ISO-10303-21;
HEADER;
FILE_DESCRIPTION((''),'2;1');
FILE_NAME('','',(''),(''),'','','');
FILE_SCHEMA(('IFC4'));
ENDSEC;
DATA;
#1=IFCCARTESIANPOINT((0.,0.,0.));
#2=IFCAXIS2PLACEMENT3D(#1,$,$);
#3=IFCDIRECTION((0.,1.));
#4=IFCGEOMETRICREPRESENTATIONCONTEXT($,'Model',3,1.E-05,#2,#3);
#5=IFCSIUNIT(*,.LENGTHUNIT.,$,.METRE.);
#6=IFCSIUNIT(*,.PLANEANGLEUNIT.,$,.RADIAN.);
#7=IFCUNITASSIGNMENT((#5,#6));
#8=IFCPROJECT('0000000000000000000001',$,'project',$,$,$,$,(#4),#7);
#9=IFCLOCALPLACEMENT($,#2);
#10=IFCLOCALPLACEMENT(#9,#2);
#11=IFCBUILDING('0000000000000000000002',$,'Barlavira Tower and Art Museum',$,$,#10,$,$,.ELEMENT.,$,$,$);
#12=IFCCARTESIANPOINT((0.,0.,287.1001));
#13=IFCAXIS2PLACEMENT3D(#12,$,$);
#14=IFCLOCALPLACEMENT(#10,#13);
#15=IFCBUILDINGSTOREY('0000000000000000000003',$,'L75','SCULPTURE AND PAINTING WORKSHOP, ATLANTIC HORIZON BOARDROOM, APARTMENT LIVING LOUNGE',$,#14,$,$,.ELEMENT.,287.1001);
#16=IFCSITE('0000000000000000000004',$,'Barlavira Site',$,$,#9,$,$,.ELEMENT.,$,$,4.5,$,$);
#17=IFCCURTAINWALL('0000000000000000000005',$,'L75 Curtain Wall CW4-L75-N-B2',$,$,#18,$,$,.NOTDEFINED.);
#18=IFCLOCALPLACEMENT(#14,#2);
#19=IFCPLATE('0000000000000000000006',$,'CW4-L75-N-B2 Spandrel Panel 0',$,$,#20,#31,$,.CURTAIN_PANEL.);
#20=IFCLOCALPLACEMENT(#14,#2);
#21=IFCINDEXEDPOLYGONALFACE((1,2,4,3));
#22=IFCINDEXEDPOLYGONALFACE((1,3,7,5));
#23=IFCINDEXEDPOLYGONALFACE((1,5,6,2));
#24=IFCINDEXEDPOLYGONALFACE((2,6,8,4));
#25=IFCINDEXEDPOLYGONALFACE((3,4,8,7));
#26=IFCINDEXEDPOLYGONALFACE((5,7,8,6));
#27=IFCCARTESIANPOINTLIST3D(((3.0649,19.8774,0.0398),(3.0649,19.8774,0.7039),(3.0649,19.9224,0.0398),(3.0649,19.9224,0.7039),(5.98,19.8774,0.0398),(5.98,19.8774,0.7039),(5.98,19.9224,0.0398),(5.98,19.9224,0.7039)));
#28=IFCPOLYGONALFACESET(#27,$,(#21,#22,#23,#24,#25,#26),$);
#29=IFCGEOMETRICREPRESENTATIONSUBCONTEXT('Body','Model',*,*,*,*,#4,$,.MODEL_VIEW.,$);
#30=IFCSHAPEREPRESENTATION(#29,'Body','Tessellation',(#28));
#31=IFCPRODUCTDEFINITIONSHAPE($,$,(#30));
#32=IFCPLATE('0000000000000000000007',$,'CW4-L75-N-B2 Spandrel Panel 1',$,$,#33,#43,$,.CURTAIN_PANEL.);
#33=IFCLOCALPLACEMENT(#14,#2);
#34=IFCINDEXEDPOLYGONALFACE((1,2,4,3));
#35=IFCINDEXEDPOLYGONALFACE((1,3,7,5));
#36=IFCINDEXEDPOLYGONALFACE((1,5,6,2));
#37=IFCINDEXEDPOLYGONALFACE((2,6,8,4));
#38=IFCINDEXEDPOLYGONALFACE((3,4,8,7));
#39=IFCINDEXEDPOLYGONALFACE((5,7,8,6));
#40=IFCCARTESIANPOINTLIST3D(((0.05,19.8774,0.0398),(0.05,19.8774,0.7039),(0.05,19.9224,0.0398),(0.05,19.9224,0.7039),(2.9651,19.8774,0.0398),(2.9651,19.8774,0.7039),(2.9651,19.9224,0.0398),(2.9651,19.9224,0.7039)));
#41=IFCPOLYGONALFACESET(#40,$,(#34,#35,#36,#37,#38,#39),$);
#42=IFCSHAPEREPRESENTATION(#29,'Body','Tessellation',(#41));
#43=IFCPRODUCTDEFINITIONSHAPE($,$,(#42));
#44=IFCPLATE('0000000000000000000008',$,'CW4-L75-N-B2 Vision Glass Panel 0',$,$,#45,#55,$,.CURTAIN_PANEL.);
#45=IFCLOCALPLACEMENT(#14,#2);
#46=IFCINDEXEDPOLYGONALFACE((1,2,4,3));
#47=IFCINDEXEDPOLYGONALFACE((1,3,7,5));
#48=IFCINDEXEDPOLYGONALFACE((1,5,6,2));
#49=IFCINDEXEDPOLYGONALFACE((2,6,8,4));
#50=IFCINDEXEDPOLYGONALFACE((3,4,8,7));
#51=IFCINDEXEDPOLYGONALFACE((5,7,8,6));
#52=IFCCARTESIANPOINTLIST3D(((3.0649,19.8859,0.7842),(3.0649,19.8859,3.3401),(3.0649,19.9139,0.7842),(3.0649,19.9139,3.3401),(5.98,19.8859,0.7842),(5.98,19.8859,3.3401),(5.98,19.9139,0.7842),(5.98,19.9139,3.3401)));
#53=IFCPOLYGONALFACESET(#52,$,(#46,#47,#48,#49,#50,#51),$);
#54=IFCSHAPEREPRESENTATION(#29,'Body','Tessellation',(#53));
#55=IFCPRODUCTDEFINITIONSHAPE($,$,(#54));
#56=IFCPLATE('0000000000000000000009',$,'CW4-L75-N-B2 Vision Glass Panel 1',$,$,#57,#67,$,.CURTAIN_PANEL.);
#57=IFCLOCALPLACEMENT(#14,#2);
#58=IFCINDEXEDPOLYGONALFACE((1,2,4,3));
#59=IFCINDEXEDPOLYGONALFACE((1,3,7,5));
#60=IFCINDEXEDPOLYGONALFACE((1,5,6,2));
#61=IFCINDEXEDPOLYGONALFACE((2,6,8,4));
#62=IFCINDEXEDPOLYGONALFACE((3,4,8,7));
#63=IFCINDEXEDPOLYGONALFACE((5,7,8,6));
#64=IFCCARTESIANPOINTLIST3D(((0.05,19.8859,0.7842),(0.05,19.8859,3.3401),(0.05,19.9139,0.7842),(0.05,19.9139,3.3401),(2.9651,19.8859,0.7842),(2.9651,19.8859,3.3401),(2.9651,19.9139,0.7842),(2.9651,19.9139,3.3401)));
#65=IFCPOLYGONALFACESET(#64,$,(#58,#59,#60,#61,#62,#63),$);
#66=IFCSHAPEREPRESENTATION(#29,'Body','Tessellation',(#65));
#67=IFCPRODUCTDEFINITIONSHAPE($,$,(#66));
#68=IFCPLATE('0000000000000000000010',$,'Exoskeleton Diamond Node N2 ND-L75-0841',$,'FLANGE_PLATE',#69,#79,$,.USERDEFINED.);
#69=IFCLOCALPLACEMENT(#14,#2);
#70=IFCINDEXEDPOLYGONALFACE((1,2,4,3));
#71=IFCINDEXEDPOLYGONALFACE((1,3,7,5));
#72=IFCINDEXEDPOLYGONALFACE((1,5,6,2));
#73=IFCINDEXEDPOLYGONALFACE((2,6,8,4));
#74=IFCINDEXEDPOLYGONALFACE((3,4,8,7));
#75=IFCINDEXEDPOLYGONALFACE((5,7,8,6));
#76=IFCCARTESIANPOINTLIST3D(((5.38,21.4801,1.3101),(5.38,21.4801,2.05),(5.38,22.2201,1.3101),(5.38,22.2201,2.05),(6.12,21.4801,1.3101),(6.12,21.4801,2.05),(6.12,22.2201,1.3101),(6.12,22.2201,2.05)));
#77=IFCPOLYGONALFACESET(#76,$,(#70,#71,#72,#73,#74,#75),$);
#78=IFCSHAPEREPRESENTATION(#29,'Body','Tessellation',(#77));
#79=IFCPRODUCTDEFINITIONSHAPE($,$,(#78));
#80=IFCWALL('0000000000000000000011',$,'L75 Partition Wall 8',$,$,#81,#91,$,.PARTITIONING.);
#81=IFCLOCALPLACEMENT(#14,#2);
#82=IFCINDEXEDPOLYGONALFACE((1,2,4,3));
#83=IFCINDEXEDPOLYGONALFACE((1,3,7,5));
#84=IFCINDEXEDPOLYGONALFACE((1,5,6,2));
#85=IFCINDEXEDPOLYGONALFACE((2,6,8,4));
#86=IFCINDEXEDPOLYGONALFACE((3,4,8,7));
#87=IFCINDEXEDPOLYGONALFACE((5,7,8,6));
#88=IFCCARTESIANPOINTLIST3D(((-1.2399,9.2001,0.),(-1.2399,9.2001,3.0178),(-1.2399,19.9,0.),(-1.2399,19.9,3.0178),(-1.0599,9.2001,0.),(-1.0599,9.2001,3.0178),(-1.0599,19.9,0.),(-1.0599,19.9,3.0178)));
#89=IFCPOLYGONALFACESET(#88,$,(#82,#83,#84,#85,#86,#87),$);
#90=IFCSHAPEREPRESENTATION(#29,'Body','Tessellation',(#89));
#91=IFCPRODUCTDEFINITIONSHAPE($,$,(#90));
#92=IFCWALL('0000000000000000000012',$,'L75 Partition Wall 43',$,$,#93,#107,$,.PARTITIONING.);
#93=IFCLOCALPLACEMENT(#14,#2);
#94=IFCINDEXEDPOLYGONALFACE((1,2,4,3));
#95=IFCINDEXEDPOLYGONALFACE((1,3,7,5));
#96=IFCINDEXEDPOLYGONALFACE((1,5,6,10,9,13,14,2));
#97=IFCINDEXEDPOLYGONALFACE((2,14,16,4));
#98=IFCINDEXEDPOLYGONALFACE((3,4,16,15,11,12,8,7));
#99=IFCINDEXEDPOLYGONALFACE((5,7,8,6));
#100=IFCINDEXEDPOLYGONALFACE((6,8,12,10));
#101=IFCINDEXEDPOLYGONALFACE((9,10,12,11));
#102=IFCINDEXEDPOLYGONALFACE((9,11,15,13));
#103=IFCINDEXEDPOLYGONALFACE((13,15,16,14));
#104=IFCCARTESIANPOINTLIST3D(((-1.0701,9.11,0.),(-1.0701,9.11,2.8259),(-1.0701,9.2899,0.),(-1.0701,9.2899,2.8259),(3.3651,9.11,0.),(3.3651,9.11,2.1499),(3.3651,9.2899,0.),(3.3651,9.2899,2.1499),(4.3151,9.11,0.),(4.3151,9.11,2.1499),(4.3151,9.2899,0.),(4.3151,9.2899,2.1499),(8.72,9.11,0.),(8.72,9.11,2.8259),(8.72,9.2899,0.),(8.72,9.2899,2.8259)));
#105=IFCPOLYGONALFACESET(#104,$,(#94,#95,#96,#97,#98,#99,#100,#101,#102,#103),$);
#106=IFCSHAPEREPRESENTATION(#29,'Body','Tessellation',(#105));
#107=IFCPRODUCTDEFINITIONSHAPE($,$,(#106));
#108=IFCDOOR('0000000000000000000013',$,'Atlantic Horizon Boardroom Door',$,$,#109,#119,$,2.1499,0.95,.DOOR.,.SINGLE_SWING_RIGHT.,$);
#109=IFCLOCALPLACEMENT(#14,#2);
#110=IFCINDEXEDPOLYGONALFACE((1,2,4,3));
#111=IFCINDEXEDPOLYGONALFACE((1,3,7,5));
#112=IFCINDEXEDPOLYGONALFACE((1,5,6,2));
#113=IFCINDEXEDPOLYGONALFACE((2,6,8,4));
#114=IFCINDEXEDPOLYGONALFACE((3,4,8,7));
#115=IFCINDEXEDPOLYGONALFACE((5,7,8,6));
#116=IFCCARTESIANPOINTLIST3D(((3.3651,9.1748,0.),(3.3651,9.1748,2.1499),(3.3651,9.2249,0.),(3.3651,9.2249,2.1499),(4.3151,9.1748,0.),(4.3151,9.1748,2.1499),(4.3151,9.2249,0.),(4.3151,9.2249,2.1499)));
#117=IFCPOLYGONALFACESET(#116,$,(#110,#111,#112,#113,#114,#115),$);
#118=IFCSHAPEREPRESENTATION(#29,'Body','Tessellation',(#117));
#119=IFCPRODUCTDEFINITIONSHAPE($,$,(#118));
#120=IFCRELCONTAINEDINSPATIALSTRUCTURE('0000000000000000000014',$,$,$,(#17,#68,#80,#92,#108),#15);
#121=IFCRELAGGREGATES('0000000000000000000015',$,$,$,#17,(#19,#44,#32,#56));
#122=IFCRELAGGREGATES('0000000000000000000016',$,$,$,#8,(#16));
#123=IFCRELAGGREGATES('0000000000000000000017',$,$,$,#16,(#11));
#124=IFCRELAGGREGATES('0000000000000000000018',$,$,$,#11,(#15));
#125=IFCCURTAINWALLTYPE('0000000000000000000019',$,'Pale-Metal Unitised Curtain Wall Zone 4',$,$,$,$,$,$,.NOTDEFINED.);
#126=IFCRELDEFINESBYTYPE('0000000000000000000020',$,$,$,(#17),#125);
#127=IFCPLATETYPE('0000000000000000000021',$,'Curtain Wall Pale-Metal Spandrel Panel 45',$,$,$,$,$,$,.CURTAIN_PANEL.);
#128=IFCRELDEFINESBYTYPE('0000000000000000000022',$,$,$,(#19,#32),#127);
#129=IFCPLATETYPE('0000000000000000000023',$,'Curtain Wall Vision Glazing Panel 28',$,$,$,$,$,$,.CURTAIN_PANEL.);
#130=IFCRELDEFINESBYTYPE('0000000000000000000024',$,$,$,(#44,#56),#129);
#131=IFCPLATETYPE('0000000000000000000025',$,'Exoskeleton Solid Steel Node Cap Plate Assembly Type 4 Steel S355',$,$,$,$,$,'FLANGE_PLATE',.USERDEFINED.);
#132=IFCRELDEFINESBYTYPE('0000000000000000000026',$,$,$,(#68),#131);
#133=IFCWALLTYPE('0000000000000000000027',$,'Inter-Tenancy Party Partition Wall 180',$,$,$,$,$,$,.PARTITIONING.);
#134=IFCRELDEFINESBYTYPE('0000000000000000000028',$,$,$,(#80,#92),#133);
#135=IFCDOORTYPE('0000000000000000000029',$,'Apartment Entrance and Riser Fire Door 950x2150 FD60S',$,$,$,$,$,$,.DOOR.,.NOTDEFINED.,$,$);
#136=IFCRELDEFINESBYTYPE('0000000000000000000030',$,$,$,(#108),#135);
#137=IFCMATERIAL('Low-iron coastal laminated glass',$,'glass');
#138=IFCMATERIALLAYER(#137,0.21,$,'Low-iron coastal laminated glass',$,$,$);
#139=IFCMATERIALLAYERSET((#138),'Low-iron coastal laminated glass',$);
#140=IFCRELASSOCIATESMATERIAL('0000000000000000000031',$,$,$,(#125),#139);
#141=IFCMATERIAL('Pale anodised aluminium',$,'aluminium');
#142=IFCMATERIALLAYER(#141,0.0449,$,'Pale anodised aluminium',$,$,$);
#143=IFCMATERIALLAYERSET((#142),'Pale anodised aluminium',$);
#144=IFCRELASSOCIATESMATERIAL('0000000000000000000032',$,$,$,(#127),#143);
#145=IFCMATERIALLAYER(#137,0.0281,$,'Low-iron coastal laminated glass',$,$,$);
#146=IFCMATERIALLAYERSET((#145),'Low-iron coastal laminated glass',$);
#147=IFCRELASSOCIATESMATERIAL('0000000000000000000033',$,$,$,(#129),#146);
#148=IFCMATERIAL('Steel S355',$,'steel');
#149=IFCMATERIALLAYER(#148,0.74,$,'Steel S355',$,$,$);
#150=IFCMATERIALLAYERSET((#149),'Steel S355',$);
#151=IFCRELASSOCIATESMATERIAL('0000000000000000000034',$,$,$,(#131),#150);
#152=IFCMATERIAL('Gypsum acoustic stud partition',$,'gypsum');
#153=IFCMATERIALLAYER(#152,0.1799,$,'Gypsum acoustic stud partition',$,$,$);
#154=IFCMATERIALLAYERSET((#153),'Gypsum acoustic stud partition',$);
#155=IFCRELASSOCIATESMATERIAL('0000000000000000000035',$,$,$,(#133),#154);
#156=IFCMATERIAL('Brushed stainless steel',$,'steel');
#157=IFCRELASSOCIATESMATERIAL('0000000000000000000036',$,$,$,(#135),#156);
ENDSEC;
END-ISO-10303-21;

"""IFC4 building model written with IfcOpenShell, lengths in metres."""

from ifc_helpers import new_model, si_unit, direction, frame, frame_2d, origin, origin_2d, place, context, subcontext, project, spatial, rectangle, extrude, material, layer, layer_set, type_object, element, fill, aggregate, save


model = new_model("IFC4")

# Units and contexts
model_context = context("Model", 3, precision=1e-05, world=origin(), true_north=direction((0.0, 1.0)))
body_context = subcontext(model_context, "Body", "Model", "MODEL_VIEW")
ifc_project = project(units=[si_unit("LENGTHUNIT", "METRE"), si_unit("PLANEANGLEUNIT", "RADIAN")], contexts=[model_context])

# Site, building, storey
site_placement = place(None, origin())
site = spatial("IfcSite", under=ifc_project, at=site_placement, Name="Barlavira Site", CompositionType="ELEMENT", RefElevation=4.5)
building_placement = place(site_placement, origin())
building = spatial("IfcBuilding", under=site, at=building_placement, Name="Barlavira Tower and Art Museum", CompositionType="ELEMENT")
storey_placement = place(building_placement, frame((0.0, 0.0, 287.1001)))
storey = spatial("IfcBuildingStorey", under=building, at=storey_placement, Name="L75", Description="SCULPTURE AND PAINTING WORKSHOP, ATLANTIC HORIZON BOARDROOM, APARTMENT LIVING LOUNGE", CompositionType="ELEMENT", Elevation=287.1001)

# Curtain wall, plates
ifc_material_1 = material(Name="Low-iron coastal laminated glass", Category="glass")
ifc_layer_1 = layer(ifc_material_1, 0.21, Name="Low-iron coastal laminated glass")
ifc_layer_set_1 = layer_set([ifc_layer_1], Name="Low-iron coastal laminated glass")
curtain_wall_type = type_object("IfcCurtainWallType", Name="Pale-Metal Unitised Curtain Wall Zone 4", PredefinedType="NOTDEFINED", material=ifc_layer_set_1)
curtain_wall_placement = place(storey_placement, origin())
curtain_wall = element("IfcCurtainWall", 1, at=curtain_wall_placement, inside=storey, type_object=curtain_wall_type, Name="L75 Curtain Wall CW4-L75-N-B2", PredefinedType="NOTDEFINED")
ifc_material_2 = material(Name="Pale anodised aluminium", Category="aluminium")
ifc_layer_2 = layer(ifc_material_2, 0.0449, Name="Pale anodised aluminium")
ifc_layer_set_2 = layer_set([ifc_layer_2], Name="Pale anodised aluminium")
plate_type_1 = type_object("IfcPlateType", Name="Curtain Wall Pale-Metal Spandrel Panel 45", PredefinedType="CURTAIN_PANEL", material=ifc_layer_set_2)
plate_1_placement = place(storey_placement, frame((4.5225, 19.8999, 0.0398), z_axis=(0.0, 0.0, 1.0), x_axis=(-1.0, 0.0, 0.0)))
plate_1 = element("IfcPlate", 2, at=plate_1_placement, type_object=plate_type_1, Name="CW4-L75-N-B2 Spandrel Panel 0", PredefinedType="CURTAIN_PANEL", context=body_context, shape_type="SweptSolid", body=[
    extrude(rectangle(XDim=2.915, YDim=0.0449, at=origin_2d()), origin(), (0.0, 0.0, 1.0), 0.6641),
])
plate_2_placement = place(storey_placement, frame((1.5076, 19.8999, 0.0398), z_axis=(0.0, 0.0, 1.0), x_axis=(-1.0, 0.0, 0.0)))
plate_2 = element("IfcPlate", 3, at=plate_2_placement, type_object=plate_type_1, Name="CW4-L75-N-B2 Spandrel Panel 1", PredefinedType="CURTAIN_PANEL", context=body_context, shape_type="SweptSolid", body=[
    extrude(rectangle(XDim=2.915, YDim=0.0449, at=origin_2d()), origin(), (0.0, 0.0, 1.0), 0.6641),
])
ifc_layer_3 = layer(ifc_material_1, 0.0281, Name="Low-iron coastal laminated glass")
ifc_layer_set_3 = layer_set([ifc_layer_3], Name="Low-iron coastal laminated glass")
plate_type_2 = type_object("IfcPlateType", Name="Curtain Wall Vision Glazing Panel 28", PredefinedType="CURTAIN_PANEL", material=ifc_layer_set_3)
plate_3_placement = place(storey_placement, frame((4.5225, 19.8999, 0.7842), z_axis=(0.0, 0.0, 1.0), x_axis=(-1.0, 0.0, 0.0)))
plate_3 = element("IfcPlate", 4, at=plate_3_placement, type_object=plate_type_2, Name="CW4-L75-N-B2 Vision Glass Panel 0", PredefinedType="CURTAIN_PANEL", context=body_context, shape_type="SweptSolid", body=[
    extrude(rectangle(XDim=2.915, YDim=0.0281, at=origin_2d()), origin(), (0.0, 0.0, 1.0), 2.5559),
])
plate_4_placement = place(storey_placement, frame((1.5076, 19.8999, 0.7842), z_axis=(0.0, 0.0, 1.0), x_axis=(-1.0, 0.0, 0.0)))
plate_4 = element("IfcPlate", 5, at=plate_4_placement, type_object=plate_type_2, Name="CW4-L75-N-B2 Vision Glass Panel 1", PredefinedType="CURTAIN_PANEL", context=body_context, shape_type="SweptSolid", body=[
    extrude(rectangle(XDim=2.915, YDim=0.0281, at=origin_2d()), origin(), (0.0, 0.0, 1.0), 2.5559),
])
aggregate(curtain_wall, [plate_1, plate_3, plate_2, plate_4])

# Plate
ifc_material_3 = material(Name="Steel S355", Category="steel")
ifc_layer_4 = layer(ifc_material_3, 0.74, Name="Steel S355")
ifc_layer_set_4 = layer_set([ifc_layer_4], Name="Steel S355")
plate_type_3 = type_object("IfcPlateType", Name="Exoskeleton Solid Steel Node Cap Plate Assembly Type 4 Steel S355", ElementType="FLANGE_PLATE", PredefinedType="USERDEFINED", material=ifc_layer_set_4)
plate_5_placement = place(storey_placement, frame((5.75, 21.8501, 1.3101), z_axis=(0.0, 0.0, 1.0), x_axis=(1.0, 0.0, 0.0)))
element("IfcPlate", 6, at=plate_5_placement, inside=storey, type_object=plate_type_3, Name="Exoskeleton Diamond Node N2 ND-L75-0841", ObjectType="FLANGE_PLATE", PredefinedType="USERDEFINED", context=body_context, shape_type="SweptSolid", body=[
    extrude(rectangle(XDim=0.74, YDim=0.74, at=origin_2d()), origin(), (0.0, 0.0, 1.0), 0.74),
])

# Wall
ifc_material_4 = material(Name="Gypsum acoustic stud partition", Category="gypsum")
ifc_layer_5 = layer(ifc_material_4, 0.1799, Name="Gypsum acoustic stud partition")
ifc_layer_set_5 = layer_set([ifc_layer_5], Name="Gypsum acoustic stud partition")
wall_type = type_object("IfcWallType", Name="Inter-Tenancy Party Partition Wall 180", PredefinedType="PARTITIONING", material=ifc_layer_set_5)
wall_1_placement = place(storey_placement, frame((-1.1499, 9.2, 0.0), z_axis=(0.0, 0.0, 1.0), x_axis=(0.0, 1.0, 0.0)))
element("IfcWall", 7, at=wall_1_placement, inside=storey, type_object=wall_type, Name="L75 Partition Wall 8", PredefinedType="PARTITIONING", context=body_context, shape_type="SweptSolid", body=[
    extrude(rectangle(XDim=10.7, YDim=0.1799, at=frame_2d((5.3501, 0.0))), origin(), (0.0, 0.0, 1.0), 3.0178),
])

# Wall, opening, door
wall_2_placement = place(storey_placement, frame((-1.0701, 9.2, 0.0), z_axis=(0.0, 0.0, 1.0), x_axis=(1.0, 0.0, 0.0)))
wall_2 = element("IfcWall", 8, at=wall_2_placement, inside=storey, type_object=wall_type, Name="L75 Partition Wall 43", PredefinedType="PARTITIONING", context=body_context, shape_type="SweptSolid", body=[
    extrude(rectangle(XDim=9.79, YDim=0.1799, at=frame_2d((4.895, 0.0))), origin(), (0.0, 0.0, 1.0), 2.8259),
])
opening_placement = place(wall_2_placement, frame((4.4351, 0.0, 0.0)))
opening = element("IfcOpeningElement", 9, at=opening_placement, cuts=wall_2, PredefinedType="OPENING", context=body_context, shape_type="SweptSolid", body=[
    extrude(rectangle(XDim=0.95, YDim=2.1499, at=frame_2d((0.4751, 1.075))), frame((0.0, 0.1001, 0.0), z_axis=(0.0, -1.0, 0.0), x_axis=(1.0, 0.0, 0.0)), (0.0, 0.0, 1.0), 0.2),
])
ifc_material_5 = material(Name="Brushed stainless steel", Category="steel")
door_type = type_object("IfcDoorType", Name="Apartment Entrance and Riser Fire Door 950x2150 FD60S", OperationType="NOTDEFINED", PredefinedType="DOOR", material=ifc_material_5)
door_placement = place(opening_placement, origin())
door = element("IfcDoor", 10, at=door_placement, inside=storey, type_object=door_type, Name="Atlantic Horizon Boardroom Door", OperationType="SINGLE_SWING_RIGHT", OverallHeight=2.1499, OverallWidth=0.95, PredefinedType="DOOR", context=body_context, shape_type="SweptSolid", body=[
    extrude(rectangle(XDim=0.95, YDim=2.1499, at=frame_2d((0.4751, 1.075))), frame((0.0, 0.0249, 0.0), z_axis=(0.0, -1.0, 0.0), x_axis=(1.0, 0.0, 0.0)), (0.0, 0.0, 1.0), 0.05),
])
fill(opening, door)

save(model, "model.ifc")
